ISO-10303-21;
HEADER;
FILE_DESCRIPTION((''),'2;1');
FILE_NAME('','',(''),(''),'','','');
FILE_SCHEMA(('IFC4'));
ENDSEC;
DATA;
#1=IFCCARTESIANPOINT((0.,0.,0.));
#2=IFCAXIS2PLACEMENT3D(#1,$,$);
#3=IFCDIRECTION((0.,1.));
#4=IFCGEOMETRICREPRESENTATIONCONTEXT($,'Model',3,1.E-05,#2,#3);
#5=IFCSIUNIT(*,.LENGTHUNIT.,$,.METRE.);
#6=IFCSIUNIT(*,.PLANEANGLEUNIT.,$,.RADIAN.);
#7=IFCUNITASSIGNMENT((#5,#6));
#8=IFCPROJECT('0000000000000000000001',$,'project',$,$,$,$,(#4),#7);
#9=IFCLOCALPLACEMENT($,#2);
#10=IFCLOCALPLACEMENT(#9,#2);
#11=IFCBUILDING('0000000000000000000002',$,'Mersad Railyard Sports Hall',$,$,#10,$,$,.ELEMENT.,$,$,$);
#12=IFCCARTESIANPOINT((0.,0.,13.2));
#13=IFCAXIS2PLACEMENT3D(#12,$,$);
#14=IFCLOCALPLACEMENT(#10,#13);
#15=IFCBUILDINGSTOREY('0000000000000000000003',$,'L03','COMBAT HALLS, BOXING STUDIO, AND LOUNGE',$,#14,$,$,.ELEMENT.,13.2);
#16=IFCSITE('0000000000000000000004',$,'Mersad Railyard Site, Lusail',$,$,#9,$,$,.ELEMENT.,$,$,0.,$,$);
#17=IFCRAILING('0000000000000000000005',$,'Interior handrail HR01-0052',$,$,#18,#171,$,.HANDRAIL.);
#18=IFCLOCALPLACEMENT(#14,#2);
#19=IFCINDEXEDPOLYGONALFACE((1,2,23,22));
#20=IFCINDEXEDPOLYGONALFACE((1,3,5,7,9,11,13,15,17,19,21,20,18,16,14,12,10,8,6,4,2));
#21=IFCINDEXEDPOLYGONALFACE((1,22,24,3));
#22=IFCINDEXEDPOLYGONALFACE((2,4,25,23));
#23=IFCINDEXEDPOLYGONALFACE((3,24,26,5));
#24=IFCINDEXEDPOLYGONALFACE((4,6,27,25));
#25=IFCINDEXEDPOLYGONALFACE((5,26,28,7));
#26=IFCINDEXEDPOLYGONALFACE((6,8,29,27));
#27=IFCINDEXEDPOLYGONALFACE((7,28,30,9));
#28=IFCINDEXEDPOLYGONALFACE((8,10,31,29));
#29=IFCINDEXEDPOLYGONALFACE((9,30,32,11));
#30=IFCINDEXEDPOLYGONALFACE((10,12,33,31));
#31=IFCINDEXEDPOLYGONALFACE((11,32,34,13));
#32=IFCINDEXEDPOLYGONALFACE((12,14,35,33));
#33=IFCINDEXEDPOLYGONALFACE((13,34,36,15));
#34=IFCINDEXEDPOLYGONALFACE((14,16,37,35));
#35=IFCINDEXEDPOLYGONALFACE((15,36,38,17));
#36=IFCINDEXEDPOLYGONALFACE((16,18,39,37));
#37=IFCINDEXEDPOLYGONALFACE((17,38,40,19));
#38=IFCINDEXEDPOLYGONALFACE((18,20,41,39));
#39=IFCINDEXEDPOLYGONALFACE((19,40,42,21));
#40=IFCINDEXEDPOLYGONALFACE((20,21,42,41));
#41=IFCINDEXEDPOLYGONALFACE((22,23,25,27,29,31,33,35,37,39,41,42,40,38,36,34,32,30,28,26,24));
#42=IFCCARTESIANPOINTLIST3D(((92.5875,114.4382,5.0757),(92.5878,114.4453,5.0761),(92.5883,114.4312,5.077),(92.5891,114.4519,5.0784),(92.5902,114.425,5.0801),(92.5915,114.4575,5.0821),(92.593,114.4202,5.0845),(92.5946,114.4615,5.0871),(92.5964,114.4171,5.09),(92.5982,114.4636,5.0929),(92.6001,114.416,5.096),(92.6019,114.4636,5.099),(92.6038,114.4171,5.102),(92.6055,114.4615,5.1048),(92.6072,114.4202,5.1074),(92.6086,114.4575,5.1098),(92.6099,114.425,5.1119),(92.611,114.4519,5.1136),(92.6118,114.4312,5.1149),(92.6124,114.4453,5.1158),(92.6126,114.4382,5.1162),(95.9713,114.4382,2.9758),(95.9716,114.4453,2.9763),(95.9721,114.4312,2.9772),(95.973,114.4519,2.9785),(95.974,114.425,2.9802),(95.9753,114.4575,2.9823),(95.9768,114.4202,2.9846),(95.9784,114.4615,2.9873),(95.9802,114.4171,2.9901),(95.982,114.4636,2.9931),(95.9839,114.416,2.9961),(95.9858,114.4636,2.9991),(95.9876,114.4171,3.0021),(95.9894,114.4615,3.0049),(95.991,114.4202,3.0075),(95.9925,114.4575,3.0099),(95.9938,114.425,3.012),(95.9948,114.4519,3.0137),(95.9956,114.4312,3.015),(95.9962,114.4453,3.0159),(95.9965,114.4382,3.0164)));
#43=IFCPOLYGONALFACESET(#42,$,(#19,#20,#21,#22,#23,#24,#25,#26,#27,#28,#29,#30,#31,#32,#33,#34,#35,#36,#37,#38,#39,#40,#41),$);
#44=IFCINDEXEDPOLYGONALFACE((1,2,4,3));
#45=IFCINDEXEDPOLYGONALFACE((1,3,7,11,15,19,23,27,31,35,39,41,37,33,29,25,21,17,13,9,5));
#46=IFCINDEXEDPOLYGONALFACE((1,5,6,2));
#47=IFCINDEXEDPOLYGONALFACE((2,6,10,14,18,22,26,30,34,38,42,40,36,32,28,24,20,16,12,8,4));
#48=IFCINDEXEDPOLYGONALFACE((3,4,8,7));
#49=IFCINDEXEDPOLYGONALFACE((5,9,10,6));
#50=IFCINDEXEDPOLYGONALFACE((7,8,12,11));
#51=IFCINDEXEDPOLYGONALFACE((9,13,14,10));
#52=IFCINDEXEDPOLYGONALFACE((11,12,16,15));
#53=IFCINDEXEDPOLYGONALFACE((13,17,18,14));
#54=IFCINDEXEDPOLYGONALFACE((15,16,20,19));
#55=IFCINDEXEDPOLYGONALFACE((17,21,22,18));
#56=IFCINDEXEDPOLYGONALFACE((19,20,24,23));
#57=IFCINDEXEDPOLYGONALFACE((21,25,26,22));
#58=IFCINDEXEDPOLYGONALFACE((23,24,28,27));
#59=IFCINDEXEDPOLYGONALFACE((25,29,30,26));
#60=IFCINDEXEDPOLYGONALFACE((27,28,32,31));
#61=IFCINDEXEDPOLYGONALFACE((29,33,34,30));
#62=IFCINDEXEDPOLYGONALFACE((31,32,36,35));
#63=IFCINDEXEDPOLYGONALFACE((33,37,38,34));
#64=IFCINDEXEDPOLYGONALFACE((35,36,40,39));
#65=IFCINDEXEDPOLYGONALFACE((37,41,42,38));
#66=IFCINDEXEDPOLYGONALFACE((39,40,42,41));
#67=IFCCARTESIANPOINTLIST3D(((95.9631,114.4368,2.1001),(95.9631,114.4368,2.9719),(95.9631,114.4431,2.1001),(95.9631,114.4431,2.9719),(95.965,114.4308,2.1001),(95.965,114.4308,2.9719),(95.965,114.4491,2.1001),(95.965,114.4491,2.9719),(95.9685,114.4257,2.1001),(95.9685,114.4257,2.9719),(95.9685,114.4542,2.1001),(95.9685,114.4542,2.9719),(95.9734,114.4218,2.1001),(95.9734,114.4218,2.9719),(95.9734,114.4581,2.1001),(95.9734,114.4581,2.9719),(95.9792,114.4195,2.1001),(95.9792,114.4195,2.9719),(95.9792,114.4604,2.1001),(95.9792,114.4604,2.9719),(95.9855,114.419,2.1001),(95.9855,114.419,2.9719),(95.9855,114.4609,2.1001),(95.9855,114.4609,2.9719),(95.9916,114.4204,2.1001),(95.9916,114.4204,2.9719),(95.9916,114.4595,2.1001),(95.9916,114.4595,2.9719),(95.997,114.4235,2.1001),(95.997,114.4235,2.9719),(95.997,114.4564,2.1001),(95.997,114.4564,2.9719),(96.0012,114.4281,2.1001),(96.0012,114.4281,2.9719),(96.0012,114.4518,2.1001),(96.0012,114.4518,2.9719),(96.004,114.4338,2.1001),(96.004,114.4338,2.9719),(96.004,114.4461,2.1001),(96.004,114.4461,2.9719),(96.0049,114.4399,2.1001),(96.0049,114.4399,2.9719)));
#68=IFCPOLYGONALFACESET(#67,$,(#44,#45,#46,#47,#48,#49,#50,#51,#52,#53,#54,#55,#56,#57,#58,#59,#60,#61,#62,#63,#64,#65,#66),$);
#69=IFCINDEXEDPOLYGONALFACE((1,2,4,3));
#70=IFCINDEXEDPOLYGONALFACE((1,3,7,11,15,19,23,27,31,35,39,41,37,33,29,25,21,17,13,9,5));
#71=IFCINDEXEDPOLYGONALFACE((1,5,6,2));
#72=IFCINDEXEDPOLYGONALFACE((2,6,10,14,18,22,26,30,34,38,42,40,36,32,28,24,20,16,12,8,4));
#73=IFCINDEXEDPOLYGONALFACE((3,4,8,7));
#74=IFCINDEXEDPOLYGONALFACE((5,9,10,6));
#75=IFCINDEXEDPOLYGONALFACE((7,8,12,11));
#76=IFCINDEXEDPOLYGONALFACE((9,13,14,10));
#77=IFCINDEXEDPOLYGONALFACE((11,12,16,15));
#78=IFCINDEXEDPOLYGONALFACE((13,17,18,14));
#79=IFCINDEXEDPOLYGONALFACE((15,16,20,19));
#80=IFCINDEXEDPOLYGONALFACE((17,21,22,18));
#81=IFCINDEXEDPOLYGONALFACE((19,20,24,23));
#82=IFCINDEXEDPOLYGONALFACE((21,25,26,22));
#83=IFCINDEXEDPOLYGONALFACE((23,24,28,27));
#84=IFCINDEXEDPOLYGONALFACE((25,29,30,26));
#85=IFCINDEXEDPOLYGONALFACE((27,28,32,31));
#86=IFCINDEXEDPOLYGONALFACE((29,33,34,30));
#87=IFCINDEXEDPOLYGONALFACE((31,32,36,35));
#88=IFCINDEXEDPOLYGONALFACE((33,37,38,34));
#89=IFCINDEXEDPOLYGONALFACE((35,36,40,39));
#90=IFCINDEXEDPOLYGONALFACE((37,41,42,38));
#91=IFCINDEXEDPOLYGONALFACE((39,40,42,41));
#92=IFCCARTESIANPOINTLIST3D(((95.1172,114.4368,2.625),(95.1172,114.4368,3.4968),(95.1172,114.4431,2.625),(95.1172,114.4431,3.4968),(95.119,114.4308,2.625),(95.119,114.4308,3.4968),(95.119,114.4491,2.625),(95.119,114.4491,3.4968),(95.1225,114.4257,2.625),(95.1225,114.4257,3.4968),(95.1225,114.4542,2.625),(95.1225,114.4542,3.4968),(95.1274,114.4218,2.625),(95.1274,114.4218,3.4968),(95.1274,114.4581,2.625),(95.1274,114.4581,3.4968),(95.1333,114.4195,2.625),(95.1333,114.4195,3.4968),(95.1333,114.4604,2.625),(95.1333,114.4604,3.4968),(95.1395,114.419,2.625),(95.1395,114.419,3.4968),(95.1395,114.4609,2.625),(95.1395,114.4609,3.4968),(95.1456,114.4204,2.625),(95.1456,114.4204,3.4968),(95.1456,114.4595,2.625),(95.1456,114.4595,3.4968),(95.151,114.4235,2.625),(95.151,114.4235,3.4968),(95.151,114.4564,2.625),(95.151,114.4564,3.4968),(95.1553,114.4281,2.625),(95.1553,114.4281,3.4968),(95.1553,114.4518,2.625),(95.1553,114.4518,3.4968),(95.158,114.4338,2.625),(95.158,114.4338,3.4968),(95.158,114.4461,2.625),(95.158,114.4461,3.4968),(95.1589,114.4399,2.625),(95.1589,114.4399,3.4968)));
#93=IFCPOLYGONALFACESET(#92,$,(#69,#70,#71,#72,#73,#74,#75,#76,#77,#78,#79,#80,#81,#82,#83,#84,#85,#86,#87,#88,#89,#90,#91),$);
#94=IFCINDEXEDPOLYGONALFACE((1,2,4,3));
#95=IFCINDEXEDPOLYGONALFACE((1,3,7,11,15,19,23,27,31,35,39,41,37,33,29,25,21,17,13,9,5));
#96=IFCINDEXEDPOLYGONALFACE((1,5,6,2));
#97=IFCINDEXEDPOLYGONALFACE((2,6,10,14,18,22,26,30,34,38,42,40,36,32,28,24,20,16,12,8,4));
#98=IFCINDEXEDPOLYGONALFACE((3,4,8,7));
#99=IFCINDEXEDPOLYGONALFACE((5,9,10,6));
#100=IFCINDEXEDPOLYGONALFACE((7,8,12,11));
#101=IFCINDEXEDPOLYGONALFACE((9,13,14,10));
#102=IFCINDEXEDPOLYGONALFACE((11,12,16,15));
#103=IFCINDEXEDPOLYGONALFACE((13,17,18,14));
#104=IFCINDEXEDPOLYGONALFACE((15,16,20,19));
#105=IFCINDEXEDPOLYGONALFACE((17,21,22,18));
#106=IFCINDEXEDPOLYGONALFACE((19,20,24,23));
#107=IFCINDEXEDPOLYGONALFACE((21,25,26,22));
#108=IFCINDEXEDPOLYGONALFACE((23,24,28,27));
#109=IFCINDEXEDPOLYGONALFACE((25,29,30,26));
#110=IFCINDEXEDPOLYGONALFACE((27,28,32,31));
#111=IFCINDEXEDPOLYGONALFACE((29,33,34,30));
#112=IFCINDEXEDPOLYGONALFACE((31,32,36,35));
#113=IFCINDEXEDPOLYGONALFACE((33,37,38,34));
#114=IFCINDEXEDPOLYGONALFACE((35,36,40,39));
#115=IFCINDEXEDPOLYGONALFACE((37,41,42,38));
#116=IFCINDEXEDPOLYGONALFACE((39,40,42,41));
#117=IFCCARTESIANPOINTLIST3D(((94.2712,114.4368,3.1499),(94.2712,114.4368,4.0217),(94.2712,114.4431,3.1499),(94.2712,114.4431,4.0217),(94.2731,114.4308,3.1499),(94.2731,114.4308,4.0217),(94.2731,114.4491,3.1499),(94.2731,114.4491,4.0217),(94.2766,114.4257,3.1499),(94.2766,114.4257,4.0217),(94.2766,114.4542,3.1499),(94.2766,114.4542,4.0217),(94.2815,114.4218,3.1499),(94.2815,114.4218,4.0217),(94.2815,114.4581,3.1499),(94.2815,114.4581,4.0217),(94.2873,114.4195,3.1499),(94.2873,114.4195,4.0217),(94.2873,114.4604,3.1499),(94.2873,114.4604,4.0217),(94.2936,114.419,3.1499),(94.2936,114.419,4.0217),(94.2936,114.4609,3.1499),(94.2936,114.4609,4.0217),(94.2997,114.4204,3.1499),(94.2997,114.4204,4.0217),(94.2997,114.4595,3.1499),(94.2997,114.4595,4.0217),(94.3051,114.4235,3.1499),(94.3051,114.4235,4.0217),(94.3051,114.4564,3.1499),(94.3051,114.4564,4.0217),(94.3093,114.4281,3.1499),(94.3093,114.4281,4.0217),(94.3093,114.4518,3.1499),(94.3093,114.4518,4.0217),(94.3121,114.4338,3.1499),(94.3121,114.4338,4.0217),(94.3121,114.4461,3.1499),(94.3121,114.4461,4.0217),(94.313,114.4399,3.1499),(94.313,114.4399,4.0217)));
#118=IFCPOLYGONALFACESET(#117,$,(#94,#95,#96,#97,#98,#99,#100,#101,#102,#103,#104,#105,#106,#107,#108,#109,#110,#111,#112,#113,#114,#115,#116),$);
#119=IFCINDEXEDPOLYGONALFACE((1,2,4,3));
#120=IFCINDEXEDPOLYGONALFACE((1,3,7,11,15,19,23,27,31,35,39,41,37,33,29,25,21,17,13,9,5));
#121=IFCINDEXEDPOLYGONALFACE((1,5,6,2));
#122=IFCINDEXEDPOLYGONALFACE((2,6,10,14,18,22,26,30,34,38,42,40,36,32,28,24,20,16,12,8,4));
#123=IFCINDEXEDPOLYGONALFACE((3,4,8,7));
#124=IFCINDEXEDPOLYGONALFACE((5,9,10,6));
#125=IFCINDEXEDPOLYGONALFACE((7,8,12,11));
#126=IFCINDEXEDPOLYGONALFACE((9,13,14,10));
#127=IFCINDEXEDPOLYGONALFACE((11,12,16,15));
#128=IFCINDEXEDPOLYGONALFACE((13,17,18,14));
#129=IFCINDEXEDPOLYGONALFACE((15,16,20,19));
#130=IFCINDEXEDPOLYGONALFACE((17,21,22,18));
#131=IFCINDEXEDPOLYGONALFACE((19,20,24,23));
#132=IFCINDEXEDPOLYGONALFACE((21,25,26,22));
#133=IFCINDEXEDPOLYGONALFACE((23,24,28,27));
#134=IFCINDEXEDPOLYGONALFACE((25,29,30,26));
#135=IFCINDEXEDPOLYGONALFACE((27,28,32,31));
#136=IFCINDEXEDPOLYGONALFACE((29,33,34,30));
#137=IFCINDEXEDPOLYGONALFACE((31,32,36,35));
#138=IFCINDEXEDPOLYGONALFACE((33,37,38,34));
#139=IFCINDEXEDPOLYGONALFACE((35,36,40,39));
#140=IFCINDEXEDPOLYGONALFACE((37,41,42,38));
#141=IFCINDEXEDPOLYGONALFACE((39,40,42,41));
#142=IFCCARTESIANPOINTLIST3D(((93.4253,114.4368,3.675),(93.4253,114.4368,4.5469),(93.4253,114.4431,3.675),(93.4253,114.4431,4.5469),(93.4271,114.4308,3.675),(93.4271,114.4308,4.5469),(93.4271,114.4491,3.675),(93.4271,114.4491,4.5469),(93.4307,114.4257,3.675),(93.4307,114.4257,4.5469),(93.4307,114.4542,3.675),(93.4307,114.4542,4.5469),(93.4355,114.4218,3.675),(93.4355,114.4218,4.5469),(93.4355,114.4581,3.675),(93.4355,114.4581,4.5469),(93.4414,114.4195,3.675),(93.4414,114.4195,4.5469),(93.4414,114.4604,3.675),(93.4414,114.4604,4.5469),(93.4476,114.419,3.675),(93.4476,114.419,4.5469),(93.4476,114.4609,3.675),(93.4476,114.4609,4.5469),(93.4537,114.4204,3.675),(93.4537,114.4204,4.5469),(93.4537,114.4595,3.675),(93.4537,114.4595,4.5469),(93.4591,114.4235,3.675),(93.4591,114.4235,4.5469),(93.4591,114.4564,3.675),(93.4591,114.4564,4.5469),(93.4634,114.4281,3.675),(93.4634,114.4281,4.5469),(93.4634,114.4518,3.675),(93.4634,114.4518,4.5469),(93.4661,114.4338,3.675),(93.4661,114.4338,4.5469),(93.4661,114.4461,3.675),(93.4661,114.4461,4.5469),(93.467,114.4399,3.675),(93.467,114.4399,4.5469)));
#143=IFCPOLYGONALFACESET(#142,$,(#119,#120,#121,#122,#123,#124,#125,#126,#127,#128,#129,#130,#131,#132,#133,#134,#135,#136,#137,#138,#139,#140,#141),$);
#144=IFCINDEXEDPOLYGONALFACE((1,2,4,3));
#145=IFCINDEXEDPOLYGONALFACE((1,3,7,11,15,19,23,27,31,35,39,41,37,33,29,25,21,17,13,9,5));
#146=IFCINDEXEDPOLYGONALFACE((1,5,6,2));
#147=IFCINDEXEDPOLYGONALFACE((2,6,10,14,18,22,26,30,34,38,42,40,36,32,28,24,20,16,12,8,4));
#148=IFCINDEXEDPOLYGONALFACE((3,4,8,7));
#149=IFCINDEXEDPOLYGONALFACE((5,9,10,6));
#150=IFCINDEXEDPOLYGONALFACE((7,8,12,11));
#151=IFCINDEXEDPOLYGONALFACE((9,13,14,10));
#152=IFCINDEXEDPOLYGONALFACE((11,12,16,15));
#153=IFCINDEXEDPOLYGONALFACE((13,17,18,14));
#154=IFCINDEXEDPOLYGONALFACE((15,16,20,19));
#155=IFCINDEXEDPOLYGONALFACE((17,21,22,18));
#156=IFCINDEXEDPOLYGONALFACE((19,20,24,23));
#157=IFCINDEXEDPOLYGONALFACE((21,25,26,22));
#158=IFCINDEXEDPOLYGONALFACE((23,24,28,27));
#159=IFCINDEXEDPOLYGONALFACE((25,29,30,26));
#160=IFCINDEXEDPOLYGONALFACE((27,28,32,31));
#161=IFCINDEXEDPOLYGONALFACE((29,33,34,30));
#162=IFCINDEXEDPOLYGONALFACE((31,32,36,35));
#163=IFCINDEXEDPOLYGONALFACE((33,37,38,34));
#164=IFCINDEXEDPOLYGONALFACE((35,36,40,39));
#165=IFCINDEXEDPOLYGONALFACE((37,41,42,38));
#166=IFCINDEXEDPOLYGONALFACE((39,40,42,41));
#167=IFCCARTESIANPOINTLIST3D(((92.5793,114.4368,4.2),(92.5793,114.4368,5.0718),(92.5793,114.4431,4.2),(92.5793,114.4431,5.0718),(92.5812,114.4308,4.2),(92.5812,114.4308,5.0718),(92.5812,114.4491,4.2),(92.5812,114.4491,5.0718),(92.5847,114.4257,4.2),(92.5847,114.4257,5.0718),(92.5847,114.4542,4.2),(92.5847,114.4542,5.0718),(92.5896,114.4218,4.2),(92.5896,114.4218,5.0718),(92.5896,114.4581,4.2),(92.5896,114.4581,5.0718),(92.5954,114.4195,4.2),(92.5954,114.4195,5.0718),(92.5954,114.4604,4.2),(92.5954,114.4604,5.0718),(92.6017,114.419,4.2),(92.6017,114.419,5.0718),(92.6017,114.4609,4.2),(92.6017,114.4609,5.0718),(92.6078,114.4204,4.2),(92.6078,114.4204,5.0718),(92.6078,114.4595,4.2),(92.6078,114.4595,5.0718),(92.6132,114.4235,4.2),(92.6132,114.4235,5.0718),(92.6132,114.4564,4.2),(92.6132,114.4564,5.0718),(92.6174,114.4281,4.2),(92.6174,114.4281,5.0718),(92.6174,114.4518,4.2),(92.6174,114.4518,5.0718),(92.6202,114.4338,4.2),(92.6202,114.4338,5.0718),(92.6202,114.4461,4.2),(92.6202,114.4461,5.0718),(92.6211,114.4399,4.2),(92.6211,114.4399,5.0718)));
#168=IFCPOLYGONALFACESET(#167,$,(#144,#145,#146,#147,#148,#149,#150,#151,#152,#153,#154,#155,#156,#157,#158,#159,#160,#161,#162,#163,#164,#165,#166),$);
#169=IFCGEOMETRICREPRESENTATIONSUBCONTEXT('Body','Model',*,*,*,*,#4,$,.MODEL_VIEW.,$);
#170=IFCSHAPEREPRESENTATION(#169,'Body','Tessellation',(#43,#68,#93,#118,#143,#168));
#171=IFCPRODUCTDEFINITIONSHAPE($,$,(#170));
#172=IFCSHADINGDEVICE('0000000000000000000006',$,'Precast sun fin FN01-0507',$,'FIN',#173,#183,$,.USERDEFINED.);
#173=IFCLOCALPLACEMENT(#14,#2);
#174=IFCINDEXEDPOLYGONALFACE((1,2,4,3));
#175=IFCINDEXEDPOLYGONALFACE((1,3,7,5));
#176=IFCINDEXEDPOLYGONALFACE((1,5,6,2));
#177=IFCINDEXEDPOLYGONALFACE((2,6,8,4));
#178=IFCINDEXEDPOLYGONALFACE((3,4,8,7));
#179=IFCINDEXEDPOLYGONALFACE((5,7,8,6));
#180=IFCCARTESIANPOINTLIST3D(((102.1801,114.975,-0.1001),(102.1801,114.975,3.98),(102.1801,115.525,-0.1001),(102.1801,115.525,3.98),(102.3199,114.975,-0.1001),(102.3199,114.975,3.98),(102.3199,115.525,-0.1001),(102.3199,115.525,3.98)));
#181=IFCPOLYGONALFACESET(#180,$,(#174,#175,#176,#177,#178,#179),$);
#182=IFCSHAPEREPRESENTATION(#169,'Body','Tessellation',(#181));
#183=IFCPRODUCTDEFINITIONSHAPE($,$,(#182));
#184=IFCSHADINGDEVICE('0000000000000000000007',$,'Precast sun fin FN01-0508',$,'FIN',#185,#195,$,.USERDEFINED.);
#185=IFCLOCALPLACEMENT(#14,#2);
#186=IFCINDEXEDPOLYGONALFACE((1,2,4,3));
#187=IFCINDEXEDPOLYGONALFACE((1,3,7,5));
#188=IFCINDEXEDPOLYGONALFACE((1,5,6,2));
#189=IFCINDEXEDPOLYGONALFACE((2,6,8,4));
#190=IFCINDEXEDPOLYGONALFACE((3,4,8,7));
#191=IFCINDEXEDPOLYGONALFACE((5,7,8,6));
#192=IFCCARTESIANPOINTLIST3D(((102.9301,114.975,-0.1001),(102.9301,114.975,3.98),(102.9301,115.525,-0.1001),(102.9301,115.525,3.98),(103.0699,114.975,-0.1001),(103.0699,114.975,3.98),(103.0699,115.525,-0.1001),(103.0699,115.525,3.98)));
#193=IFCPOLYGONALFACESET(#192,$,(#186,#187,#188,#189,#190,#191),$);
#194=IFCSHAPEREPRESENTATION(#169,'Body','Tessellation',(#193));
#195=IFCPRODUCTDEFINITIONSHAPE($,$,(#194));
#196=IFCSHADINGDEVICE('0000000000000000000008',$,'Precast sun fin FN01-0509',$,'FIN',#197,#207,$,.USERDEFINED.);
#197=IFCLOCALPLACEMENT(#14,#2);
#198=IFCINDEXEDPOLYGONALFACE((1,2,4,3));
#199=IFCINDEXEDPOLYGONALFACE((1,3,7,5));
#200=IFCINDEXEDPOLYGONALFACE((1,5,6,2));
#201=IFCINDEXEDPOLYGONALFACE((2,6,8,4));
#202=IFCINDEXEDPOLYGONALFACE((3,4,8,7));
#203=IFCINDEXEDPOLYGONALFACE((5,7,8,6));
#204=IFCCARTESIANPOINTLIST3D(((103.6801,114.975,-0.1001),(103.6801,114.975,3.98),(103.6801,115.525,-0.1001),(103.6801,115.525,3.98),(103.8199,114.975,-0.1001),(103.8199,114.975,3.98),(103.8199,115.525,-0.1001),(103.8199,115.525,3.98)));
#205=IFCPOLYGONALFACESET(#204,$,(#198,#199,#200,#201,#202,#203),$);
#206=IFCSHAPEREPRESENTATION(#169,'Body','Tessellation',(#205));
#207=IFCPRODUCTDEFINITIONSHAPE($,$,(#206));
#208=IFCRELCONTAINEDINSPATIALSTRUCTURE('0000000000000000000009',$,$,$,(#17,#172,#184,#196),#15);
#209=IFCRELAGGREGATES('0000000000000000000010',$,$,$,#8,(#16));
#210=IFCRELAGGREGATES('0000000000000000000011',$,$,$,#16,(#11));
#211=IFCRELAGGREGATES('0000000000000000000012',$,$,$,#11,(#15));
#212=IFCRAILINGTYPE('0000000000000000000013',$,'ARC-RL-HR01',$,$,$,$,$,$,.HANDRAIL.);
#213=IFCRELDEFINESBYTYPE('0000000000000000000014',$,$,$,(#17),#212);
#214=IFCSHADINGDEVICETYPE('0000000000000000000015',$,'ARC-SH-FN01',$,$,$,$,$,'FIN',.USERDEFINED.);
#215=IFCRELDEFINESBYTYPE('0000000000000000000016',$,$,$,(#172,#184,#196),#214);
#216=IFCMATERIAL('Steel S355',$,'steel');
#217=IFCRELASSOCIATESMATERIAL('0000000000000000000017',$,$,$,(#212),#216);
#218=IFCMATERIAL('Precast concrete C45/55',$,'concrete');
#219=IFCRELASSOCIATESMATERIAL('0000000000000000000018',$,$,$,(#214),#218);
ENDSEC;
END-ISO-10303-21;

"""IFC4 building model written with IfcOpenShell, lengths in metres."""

from ifc_helpers import new_model, si_unit, direction, frame, origin, origin_2d, place, context, subcontext, project, spatial, rectangle, circle, extrude, material, type_object, element, save


model = new_model("IFC4")

# Units and contexts
model_context = context("Model", 3, precision=1e-05, world=origin(), true_north=direction((0.0, 1.0)))
body_context = subcontext(model_context, "Body", "Model", "MODEL_VIEW")
ifc_project = project(units=[si_unit("LENGTHUNIT", "METRE"), si_unit("PLANEANGLEUNIT", "RADIAN")], contexts=[model_context])

# Site, building, storey
site_placement = place(None, origin())
site = spatial("IfcSite", under=ifc_project, at=site_placement, Name="Mersad Railyard Site, Lusail", CompositionType="ELEMENT", RefElevation=0.0)
building_placement = place(site_placement, origin())
building = spatial("IfcBuilding", under=site, at=building_placement, Name="Mersad Railyard Sports Hall", CompositionType="ELEMENT")
storey_placement = place(building_placement, frame((0.0, 0.0, 13.2)))
storey = spatial("IfcBuildingStorey", under=building, at=storey_placement, Name="L03", Description="COMBAT HALLS, BOXING STUDIO, AND LOUNGE", CompositionType="ELEMENT", Elevation=13.2)

# Railing
ifc_material_1 = material(Name="Steel S355", Category="steel")
railing_type = type_object("IfcRailingType", Name="ARC-RL-HR01", PredefinedType="HANDRAIL", material=ifc_material_1)
railing_placement = place(storey_placement, frame((95.9839, 114.4399, 2.1001)))
element("IfcRailing", 1, at=railing_placement, inside=storey, type_object=railing_type, Name="Interior handrail HR01-0052", PredefinedType="HANDRAIL", context=body_context, shape_type="SweptSolid", body=[
    extrude(circle(Radius=0.0239, at=origin_2d()), frame((0.0, 0.0, 0.896), z_axis=(-0.849688, 0.0, 0.527285), x_axis=(0.0, -1.0, 0.0)), (0.0, 0.0, 1.0), 3.9824),
    extrude(circle(Radius=0.021, at=origin_2d()), origin(), (0.0, 0.0, 1.0), 0.8718),
    extrude(circle(Radius=0.021, at=origin_2d()), frame((-0.8459, 0.0, 0.5249)), (0.0, 0.0, 1.0), 0.8718),
    extrude(circle(Radius=0.021, at=origin_2d()), frame((-1.6919, 0.0, 1.0498)), (0.0, 0.0, 1.0), 0.8718),
    extrude(circle(Radius=0.021, at=origin_2d()), frame((-2.5378, 0.0, 1.575)), (0.0, 0.0, 1.0), 0.8718),
    extrude(circle(Radius=0.021, at=origin_2d()), frame((-3.3838, 0.0, 2.0999)), (0.0, 0.0, 1.0), 0.8718),
])

# Shading devices
ifc_material_2 = material(Name="Precast concrete C45/55", Category="concrete")
shading_device_type = type_object("IfcShadingDeviceType", Name="ARC-SH-FN01", ElementType="FIN", PredefinedType="USERDEFINED", material=ifc_material_2)
for number, where, z_axis, x_axis, name in (
    (2, (102.25, 115.25, -0.1001), (0.0, 0.0, 1.0), (1.0, 0.0, 0.0), "Precast sun fin FN01-0507"),
    (3, (103.0, 115.25, -0.1001), (0.0, 0.0, 1.0), (1.0, 0.0, 0.0), "Precast sun fin FN01-0508"),
    (4, (103.75, 115.25, -0.1001), (0.0, 0.0, 1.0), (1.0, 0.0, 0.0), "Precast sun fin FN01-0509"),
):
    element("IfcShadingDevice", number, at=place(storey_placement, frame(where, z_axis=z_axis, x_axis=x_axis)), inside=storey, type_object=shading_device_type, Name=name, ObjectType="FIN", PredefinedType="USERDEFINED", context=body_context, shape_type="SweptSolid", body=[
        extrude(rectangle(XDim=0.1399, YDim=0.55, at=origin_2d()), origin(), (0.0, 0.0, 1.0), 4.0801),
    ])

save(model, "model.ifc")
